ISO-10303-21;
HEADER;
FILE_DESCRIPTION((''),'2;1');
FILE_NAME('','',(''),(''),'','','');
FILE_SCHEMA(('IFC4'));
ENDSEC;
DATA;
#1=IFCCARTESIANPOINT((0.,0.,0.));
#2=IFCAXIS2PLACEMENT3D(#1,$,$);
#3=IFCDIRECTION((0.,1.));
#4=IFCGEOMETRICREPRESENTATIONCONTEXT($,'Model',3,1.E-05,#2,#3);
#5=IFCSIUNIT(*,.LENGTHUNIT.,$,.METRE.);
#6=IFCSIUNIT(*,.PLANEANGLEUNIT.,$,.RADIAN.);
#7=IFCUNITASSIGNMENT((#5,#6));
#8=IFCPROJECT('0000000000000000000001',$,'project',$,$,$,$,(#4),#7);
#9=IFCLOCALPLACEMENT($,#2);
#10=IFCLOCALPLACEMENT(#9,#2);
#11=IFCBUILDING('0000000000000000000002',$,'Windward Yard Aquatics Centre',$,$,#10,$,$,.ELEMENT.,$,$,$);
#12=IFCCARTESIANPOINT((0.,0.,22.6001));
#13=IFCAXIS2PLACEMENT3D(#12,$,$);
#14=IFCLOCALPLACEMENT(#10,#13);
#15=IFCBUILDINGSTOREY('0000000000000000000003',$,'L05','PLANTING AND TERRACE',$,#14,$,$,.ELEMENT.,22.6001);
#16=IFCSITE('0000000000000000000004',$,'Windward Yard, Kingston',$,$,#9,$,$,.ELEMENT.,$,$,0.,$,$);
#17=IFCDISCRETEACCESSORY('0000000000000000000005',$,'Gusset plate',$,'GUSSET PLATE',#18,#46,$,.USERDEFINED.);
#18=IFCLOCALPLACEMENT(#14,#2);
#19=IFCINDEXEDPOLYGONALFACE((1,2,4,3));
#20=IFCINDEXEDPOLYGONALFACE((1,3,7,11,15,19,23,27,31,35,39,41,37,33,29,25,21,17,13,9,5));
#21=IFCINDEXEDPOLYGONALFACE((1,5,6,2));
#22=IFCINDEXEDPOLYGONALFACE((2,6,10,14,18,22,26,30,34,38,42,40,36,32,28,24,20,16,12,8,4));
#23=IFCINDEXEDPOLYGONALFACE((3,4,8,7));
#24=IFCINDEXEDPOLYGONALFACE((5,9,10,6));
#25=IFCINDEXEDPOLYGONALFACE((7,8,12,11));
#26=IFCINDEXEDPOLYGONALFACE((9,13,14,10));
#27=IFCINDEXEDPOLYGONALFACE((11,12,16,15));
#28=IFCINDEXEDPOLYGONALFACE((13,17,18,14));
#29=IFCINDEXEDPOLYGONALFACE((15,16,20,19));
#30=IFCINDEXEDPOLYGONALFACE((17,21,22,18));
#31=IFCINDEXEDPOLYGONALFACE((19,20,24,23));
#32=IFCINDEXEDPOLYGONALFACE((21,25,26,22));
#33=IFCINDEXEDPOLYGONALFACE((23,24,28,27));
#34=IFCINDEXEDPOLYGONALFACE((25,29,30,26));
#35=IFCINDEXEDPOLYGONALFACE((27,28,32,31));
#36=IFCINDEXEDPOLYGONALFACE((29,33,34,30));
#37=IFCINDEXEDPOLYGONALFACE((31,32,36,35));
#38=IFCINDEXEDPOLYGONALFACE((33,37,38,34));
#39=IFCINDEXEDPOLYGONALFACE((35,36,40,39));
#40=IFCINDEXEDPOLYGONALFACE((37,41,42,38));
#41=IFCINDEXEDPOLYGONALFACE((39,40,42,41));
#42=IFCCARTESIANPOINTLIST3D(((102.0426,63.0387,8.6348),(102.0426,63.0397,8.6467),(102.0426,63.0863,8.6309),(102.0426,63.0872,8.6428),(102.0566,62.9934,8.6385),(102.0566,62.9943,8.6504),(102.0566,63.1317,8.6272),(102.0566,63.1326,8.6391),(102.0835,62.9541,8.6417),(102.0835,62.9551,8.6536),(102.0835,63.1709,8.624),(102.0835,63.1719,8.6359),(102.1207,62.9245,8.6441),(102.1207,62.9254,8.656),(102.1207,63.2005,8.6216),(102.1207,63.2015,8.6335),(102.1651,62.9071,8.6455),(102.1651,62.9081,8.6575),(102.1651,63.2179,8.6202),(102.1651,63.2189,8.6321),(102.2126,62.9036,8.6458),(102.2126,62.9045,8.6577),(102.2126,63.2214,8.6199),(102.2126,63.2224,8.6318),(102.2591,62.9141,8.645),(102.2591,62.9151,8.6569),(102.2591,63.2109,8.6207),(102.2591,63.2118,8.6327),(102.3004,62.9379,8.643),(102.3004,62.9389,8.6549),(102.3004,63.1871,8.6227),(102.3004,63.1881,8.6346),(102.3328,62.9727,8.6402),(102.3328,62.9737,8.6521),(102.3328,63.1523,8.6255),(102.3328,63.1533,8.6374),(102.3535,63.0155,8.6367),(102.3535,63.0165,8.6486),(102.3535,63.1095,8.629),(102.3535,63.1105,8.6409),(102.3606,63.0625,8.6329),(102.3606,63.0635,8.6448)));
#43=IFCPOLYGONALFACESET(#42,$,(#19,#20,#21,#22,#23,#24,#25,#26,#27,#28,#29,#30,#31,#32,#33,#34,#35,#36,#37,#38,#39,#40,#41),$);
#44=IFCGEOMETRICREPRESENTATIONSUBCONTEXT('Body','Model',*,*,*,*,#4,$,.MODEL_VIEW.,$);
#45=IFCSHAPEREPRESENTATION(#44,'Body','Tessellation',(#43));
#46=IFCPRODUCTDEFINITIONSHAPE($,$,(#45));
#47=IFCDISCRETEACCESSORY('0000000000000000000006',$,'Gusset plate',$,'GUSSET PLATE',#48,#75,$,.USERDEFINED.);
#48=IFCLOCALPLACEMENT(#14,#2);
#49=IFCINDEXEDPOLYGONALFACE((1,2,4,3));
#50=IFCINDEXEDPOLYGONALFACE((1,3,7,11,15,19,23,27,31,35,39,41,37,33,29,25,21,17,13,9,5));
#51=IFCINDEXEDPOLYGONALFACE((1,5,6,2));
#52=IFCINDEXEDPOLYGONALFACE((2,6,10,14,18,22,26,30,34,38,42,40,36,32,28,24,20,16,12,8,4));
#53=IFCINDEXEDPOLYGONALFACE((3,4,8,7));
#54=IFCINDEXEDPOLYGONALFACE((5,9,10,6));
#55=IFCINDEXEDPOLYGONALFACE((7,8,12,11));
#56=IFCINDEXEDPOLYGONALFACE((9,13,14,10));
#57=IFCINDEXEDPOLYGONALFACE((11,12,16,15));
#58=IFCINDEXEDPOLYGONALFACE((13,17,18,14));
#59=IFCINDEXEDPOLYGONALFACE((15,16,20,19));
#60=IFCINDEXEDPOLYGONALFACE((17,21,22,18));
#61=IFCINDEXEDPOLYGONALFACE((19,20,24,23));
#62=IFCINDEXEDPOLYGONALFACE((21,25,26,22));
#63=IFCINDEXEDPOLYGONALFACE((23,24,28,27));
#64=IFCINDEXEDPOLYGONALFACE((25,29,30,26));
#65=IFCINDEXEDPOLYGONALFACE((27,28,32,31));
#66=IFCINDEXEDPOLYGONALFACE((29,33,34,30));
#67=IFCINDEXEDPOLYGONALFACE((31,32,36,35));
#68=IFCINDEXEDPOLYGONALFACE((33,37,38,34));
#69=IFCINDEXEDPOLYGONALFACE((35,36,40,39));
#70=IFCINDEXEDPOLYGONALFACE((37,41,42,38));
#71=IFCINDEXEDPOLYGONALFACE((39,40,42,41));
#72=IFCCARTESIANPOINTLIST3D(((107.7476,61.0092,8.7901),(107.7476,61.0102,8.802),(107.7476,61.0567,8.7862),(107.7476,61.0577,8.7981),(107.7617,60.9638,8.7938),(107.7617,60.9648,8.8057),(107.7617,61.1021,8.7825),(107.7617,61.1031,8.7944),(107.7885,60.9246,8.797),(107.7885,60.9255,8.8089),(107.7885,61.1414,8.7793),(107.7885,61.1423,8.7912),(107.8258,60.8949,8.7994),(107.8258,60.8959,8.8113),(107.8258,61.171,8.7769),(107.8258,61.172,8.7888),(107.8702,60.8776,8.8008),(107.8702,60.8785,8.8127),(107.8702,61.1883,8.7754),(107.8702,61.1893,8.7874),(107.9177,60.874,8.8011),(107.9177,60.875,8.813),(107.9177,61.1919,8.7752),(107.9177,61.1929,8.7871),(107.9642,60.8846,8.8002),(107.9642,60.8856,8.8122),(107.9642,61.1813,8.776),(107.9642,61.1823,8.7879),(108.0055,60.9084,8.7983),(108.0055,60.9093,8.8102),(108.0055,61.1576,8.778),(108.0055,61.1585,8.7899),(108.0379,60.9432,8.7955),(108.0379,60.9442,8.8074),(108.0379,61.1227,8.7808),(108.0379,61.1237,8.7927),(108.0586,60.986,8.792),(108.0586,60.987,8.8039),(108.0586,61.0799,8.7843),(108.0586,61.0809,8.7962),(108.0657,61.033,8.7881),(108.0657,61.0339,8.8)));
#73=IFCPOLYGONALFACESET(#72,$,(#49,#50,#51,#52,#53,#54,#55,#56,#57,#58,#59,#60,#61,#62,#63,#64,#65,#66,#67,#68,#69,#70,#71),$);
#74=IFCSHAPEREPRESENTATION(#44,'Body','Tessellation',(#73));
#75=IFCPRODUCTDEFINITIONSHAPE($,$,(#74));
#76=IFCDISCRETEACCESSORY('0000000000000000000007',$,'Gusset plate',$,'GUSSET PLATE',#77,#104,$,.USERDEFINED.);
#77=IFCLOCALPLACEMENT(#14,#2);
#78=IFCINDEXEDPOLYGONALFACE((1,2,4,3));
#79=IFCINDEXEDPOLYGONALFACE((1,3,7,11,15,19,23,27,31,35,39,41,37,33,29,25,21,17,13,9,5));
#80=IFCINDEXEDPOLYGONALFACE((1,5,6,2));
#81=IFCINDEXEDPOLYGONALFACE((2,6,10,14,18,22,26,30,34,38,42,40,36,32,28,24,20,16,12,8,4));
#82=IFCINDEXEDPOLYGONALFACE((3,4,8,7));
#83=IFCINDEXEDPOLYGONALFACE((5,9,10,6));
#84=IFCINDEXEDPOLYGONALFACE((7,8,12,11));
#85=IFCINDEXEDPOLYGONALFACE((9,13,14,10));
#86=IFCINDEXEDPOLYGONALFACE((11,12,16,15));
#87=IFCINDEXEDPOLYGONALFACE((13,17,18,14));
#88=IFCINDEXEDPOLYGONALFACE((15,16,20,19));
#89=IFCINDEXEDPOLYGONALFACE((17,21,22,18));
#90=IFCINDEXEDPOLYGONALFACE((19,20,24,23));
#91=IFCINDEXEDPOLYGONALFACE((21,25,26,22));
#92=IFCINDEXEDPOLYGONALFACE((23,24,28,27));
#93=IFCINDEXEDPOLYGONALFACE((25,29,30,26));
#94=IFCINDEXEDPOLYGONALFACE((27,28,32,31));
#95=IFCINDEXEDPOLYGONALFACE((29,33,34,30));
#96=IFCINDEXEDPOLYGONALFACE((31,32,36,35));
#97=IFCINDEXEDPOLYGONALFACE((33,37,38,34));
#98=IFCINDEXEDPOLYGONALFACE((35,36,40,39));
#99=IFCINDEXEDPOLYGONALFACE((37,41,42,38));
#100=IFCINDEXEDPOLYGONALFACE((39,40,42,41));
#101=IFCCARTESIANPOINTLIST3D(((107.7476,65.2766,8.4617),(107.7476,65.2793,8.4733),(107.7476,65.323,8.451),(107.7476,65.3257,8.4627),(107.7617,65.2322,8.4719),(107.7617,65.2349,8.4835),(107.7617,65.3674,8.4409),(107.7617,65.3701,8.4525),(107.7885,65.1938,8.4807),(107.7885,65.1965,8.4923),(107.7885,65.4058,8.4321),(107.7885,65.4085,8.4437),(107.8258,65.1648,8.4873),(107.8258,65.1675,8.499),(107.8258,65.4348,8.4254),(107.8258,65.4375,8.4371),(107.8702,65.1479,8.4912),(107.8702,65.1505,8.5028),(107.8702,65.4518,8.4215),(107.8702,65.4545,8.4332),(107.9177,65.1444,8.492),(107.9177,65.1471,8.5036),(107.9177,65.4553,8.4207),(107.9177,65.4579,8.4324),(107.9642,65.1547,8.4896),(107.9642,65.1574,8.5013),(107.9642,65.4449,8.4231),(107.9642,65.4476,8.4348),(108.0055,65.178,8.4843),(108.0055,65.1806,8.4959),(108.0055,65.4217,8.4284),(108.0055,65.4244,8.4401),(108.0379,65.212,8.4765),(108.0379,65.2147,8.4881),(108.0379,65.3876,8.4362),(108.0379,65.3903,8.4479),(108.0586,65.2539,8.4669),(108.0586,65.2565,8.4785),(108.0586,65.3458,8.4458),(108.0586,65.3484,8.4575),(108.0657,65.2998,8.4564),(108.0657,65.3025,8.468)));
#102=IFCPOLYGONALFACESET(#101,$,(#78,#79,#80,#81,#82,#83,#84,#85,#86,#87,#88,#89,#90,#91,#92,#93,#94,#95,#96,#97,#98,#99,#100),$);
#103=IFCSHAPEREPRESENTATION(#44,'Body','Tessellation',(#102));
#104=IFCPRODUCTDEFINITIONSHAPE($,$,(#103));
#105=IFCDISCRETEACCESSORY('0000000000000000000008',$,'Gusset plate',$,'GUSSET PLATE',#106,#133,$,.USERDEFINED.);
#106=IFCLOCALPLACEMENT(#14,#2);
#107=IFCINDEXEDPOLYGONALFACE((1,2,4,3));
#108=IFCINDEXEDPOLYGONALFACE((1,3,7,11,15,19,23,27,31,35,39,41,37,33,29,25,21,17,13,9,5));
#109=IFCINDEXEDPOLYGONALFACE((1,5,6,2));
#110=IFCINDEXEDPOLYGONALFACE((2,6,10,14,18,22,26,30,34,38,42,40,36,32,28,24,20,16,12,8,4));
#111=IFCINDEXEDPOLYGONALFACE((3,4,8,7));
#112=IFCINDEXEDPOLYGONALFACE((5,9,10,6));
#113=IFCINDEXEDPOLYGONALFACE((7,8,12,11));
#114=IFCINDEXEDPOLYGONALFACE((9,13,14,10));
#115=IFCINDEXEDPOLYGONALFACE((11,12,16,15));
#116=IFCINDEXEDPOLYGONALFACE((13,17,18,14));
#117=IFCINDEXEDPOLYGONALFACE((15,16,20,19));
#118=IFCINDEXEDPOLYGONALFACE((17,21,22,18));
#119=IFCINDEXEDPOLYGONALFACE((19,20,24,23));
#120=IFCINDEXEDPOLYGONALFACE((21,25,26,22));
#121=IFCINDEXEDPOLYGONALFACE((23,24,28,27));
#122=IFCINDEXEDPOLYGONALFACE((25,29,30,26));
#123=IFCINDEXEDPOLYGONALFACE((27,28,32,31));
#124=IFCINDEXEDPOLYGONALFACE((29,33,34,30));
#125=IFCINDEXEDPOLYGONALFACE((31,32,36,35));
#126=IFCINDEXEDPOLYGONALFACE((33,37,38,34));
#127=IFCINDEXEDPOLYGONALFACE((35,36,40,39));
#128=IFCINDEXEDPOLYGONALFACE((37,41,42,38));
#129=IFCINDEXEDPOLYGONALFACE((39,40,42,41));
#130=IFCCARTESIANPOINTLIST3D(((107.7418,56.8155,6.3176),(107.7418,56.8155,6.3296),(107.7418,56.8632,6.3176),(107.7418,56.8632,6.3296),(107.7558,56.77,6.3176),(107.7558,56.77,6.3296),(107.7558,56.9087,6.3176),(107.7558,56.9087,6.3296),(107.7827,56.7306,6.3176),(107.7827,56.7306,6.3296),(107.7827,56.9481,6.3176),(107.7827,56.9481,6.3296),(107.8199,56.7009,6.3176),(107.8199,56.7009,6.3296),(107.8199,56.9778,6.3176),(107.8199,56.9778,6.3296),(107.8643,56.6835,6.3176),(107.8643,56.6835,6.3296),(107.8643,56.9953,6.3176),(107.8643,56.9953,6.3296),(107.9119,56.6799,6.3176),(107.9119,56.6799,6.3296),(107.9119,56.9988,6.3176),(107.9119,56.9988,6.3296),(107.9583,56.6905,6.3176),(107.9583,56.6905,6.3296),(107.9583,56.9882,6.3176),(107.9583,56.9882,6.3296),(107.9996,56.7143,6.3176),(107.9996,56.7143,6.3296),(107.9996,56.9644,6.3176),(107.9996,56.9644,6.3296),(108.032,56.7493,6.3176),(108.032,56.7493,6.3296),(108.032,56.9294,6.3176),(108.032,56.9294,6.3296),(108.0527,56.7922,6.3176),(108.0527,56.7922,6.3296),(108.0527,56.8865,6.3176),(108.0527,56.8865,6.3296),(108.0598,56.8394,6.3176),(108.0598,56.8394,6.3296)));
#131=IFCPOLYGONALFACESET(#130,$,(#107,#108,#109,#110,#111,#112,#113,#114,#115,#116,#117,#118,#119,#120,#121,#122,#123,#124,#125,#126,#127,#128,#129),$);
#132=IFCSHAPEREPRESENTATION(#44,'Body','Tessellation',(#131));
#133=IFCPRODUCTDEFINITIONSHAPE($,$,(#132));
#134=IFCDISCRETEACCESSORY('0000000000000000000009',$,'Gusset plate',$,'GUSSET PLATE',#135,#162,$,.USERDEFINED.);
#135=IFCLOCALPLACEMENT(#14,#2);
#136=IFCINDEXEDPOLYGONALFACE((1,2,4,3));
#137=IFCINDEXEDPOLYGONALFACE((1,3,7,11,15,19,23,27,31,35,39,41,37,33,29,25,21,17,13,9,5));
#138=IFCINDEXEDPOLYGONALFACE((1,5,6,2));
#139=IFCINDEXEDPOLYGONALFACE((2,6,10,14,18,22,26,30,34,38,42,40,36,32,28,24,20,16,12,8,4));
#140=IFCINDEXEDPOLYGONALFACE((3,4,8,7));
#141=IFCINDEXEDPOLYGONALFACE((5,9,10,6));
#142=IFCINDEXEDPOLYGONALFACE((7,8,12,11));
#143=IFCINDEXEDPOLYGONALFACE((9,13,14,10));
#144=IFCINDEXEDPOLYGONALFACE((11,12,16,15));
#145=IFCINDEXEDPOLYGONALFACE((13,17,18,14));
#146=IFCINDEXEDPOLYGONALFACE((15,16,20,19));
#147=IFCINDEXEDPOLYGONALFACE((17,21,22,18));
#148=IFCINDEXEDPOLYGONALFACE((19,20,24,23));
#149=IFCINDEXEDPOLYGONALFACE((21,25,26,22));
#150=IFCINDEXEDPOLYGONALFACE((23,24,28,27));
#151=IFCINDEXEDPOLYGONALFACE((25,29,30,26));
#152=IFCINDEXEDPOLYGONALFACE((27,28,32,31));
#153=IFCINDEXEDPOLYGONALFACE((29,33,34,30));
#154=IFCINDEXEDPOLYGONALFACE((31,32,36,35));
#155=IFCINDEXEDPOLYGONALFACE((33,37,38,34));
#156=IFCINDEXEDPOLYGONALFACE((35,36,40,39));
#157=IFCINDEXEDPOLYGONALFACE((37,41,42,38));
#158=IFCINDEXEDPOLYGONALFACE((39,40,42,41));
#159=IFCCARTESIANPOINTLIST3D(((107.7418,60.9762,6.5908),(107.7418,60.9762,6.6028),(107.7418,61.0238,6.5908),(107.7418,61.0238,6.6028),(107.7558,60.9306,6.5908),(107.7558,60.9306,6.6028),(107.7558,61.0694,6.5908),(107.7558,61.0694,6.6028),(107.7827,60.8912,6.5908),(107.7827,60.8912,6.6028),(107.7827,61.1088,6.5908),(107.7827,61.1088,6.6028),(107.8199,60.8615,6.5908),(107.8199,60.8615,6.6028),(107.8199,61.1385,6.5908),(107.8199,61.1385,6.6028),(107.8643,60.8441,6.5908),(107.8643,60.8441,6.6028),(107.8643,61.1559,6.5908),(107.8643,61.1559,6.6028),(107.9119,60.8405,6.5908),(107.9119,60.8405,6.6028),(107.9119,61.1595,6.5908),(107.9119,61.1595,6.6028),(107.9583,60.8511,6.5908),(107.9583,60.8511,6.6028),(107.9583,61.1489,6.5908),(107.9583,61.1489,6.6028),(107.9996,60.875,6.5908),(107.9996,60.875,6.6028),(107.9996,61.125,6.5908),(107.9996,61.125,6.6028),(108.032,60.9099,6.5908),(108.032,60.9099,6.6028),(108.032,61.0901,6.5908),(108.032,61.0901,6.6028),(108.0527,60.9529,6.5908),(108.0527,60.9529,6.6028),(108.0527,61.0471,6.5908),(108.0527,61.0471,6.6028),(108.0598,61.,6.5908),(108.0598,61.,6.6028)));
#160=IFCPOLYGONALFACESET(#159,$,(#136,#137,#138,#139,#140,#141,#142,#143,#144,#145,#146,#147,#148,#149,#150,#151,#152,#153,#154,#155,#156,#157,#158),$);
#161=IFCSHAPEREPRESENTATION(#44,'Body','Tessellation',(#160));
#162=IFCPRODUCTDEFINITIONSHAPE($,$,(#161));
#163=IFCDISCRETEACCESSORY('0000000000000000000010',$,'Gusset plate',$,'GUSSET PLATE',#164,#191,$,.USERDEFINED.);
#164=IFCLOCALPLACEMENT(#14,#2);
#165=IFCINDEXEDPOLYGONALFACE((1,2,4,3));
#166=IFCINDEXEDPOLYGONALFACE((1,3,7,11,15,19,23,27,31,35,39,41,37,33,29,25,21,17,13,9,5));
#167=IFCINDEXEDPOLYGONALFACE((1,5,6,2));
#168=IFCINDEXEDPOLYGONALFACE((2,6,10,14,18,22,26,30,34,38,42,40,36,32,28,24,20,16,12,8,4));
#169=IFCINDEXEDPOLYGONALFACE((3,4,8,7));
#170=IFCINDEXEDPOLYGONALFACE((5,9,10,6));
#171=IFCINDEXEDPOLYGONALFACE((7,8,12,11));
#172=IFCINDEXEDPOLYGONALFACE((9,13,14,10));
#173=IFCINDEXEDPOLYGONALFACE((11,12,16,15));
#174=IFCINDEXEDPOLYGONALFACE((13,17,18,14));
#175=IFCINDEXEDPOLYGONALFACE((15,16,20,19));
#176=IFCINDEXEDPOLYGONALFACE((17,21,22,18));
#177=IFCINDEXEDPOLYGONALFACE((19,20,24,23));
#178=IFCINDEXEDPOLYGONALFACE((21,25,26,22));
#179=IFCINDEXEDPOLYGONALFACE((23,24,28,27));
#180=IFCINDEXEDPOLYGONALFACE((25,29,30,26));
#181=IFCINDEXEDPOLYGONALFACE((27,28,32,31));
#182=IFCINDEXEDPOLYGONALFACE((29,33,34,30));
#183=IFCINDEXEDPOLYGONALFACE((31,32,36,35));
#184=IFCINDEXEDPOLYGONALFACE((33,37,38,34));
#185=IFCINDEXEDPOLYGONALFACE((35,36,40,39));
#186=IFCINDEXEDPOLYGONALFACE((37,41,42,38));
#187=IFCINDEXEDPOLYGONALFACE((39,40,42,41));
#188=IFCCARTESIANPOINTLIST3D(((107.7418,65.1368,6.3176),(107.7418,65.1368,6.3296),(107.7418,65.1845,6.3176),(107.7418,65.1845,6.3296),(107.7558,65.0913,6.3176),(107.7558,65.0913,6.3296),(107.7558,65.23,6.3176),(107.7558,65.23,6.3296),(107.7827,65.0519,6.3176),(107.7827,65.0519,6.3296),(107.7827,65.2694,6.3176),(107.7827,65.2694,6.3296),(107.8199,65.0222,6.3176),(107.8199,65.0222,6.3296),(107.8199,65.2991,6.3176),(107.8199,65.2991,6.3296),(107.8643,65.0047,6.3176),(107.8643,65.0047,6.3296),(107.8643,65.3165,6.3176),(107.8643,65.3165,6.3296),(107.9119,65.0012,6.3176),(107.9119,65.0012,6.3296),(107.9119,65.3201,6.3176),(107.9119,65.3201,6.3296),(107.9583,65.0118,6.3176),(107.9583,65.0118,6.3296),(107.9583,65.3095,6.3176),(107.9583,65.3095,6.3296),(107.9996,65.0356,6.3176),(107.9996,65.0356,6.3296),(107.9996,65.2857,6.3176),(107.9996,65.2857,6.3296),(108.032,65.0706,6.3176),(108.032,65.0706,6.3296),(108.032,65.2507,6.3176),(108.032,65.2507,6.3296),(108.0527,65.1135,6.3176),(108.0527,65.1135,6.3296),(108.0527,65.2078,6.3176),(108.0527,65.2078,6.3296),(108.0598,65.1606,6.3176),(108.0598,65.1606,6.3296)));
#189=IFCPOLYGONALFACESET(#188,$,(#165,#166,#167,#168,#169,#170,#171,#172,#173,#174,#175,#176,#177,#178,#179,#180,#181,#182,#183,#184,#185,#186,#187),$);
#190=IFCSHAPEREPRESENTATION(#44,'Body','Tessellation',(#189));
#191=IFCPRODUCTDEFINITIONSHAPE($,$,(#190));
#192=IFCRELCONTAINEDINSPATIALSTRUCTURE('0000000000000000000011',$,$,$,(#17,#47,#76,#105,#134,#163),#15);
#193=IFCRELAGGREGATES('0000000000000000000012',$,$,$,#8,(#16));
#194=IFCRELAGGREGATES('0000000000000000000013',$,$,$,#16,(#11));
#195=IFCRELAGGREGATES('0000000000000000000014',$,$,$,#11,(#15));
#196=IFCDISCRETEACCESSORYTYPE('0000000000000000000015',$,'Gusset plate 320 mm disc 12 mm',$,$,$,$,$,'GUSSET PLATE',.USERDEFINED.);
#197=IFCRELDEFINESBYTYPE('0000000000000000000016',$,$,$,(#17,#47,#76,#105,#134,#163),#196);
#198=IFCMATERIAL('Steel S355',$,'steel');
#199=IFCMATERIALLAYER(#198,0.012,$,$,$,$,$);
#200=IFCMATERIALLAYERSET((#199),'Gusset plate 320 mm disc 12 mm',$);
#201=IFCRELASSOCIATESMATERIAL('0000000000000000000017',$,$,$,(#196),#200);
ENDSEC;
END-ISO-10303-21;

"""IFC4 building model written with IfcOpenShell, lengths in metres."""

from ifc_helpers import new_model, si_unit, direction, frame, origin, origin_2d, place, context, subcontext, project, spatial, circle, extrude, material, layer, layer_set, type_object, element, save


model = new_model("IFC4")

# Units and contexts
model_context = context("Model", 3, precision=1e-05, world=origin(), true_north=direction((0.0, 1.0)))
body_context = subcontext(model_context, "Body", "Model", "MODEL_VIEW")
ifc_project = project(units=[si_unit("LENGTHUNIT", "METRE"), si_unit("PLANEANGLEUNIT", "RADIAN")], contexts=[model_context])

# Site, building, storey
site_placement = place(None, origin())
site = spatial("IfcSite", under=ifc_project, at=site_placement, Name="Windward Yard, Kingston", CompositionType="ELEMENT", RefElevation=0.0)
building_placement = place(site_placement, origin())
building = spatial("IfcBuilding", under=site, at=building_placement, Name="Windward Yard Aquatics Centre", CompositionType="ELEMENT")
storey_placement = place(building_placement, frame((0.0, 0.0, 22.6001)))
storey = spatial("IfcBuildingStorey", under=building, at=storey_placement, Name="L05", Description="PLANTING AND TERRACE", CompositionType="ELEMENT", Elevation=22.6001)

# Discrete accessories
ifc_material_1 = material(Name="Steel S355", Category="steel")
ifc_layer_1 = layer(ifc_material_1, 0.012)
ifc_layer_set_1 = layer_set([ifc_layer_1], Name="Gusset plate 320 mm disc 12 mm")
discrete_accessory_type = type_object("IfcDiscreteAccessoryType", Name="Gusset plate 320 mm disc 12 mm", ElementType="GUSSET PLATE", PredefinedType="USERDEFINED", material=ifc_layer_set_1)
for number, where, z_axis, x_axis, name in (
    (1, (102.2007, 63.0635, 8.6448), (0.0, -0.081362, -0.996685), (1.0, 0.0, 0.0), "Gusset plate"),
    (2, (107.9058, 61.0339, 8.8), (0.0, -0.081362, -0.996685), (1.0, 0.0, 0.0), "Gusset plate"),
    (3, (107.9058, 65.3025, 8.468), (0.0, -0.223376, -0.974732), (1.0, 0.0, 0.0), "Gusset plate"),
    (4, (107.8999, 56.8394, 6.3176), (0.0, 0.0, 1.0), (1.0, 0.0, 0.0), "Gusset plate"),
    (5, (107.8999, 61.0, 6.5908), (0.0, 0.0, 1.0), (1.0, 0.0, 0.0), "Gusset plate"),
    (6, (107.8999, 65.1606, 6.3176), (0.0, 0.0, 1.0), (1.0, 0.0, 0.0), "Gusset plate"),
):
    element("IfcDiscreteAccessory", number, at=place(storey_placement, frame(where, z_axis=z_axis, x_axis=x_axis)), inside=storey, type_object=discrete_accessory_type, Name=name, ObjectType="GUSSET PLATE", PredefinedType="USERDEFINED", context=body_context, shape_type="SweptSolid", body=[
        extrude(circle(Radius=0.1599, at=origin_2d()), origin(), (0.0, 0.0, 1.0), 0.012),
    ])

save(model, "model.ifc")
